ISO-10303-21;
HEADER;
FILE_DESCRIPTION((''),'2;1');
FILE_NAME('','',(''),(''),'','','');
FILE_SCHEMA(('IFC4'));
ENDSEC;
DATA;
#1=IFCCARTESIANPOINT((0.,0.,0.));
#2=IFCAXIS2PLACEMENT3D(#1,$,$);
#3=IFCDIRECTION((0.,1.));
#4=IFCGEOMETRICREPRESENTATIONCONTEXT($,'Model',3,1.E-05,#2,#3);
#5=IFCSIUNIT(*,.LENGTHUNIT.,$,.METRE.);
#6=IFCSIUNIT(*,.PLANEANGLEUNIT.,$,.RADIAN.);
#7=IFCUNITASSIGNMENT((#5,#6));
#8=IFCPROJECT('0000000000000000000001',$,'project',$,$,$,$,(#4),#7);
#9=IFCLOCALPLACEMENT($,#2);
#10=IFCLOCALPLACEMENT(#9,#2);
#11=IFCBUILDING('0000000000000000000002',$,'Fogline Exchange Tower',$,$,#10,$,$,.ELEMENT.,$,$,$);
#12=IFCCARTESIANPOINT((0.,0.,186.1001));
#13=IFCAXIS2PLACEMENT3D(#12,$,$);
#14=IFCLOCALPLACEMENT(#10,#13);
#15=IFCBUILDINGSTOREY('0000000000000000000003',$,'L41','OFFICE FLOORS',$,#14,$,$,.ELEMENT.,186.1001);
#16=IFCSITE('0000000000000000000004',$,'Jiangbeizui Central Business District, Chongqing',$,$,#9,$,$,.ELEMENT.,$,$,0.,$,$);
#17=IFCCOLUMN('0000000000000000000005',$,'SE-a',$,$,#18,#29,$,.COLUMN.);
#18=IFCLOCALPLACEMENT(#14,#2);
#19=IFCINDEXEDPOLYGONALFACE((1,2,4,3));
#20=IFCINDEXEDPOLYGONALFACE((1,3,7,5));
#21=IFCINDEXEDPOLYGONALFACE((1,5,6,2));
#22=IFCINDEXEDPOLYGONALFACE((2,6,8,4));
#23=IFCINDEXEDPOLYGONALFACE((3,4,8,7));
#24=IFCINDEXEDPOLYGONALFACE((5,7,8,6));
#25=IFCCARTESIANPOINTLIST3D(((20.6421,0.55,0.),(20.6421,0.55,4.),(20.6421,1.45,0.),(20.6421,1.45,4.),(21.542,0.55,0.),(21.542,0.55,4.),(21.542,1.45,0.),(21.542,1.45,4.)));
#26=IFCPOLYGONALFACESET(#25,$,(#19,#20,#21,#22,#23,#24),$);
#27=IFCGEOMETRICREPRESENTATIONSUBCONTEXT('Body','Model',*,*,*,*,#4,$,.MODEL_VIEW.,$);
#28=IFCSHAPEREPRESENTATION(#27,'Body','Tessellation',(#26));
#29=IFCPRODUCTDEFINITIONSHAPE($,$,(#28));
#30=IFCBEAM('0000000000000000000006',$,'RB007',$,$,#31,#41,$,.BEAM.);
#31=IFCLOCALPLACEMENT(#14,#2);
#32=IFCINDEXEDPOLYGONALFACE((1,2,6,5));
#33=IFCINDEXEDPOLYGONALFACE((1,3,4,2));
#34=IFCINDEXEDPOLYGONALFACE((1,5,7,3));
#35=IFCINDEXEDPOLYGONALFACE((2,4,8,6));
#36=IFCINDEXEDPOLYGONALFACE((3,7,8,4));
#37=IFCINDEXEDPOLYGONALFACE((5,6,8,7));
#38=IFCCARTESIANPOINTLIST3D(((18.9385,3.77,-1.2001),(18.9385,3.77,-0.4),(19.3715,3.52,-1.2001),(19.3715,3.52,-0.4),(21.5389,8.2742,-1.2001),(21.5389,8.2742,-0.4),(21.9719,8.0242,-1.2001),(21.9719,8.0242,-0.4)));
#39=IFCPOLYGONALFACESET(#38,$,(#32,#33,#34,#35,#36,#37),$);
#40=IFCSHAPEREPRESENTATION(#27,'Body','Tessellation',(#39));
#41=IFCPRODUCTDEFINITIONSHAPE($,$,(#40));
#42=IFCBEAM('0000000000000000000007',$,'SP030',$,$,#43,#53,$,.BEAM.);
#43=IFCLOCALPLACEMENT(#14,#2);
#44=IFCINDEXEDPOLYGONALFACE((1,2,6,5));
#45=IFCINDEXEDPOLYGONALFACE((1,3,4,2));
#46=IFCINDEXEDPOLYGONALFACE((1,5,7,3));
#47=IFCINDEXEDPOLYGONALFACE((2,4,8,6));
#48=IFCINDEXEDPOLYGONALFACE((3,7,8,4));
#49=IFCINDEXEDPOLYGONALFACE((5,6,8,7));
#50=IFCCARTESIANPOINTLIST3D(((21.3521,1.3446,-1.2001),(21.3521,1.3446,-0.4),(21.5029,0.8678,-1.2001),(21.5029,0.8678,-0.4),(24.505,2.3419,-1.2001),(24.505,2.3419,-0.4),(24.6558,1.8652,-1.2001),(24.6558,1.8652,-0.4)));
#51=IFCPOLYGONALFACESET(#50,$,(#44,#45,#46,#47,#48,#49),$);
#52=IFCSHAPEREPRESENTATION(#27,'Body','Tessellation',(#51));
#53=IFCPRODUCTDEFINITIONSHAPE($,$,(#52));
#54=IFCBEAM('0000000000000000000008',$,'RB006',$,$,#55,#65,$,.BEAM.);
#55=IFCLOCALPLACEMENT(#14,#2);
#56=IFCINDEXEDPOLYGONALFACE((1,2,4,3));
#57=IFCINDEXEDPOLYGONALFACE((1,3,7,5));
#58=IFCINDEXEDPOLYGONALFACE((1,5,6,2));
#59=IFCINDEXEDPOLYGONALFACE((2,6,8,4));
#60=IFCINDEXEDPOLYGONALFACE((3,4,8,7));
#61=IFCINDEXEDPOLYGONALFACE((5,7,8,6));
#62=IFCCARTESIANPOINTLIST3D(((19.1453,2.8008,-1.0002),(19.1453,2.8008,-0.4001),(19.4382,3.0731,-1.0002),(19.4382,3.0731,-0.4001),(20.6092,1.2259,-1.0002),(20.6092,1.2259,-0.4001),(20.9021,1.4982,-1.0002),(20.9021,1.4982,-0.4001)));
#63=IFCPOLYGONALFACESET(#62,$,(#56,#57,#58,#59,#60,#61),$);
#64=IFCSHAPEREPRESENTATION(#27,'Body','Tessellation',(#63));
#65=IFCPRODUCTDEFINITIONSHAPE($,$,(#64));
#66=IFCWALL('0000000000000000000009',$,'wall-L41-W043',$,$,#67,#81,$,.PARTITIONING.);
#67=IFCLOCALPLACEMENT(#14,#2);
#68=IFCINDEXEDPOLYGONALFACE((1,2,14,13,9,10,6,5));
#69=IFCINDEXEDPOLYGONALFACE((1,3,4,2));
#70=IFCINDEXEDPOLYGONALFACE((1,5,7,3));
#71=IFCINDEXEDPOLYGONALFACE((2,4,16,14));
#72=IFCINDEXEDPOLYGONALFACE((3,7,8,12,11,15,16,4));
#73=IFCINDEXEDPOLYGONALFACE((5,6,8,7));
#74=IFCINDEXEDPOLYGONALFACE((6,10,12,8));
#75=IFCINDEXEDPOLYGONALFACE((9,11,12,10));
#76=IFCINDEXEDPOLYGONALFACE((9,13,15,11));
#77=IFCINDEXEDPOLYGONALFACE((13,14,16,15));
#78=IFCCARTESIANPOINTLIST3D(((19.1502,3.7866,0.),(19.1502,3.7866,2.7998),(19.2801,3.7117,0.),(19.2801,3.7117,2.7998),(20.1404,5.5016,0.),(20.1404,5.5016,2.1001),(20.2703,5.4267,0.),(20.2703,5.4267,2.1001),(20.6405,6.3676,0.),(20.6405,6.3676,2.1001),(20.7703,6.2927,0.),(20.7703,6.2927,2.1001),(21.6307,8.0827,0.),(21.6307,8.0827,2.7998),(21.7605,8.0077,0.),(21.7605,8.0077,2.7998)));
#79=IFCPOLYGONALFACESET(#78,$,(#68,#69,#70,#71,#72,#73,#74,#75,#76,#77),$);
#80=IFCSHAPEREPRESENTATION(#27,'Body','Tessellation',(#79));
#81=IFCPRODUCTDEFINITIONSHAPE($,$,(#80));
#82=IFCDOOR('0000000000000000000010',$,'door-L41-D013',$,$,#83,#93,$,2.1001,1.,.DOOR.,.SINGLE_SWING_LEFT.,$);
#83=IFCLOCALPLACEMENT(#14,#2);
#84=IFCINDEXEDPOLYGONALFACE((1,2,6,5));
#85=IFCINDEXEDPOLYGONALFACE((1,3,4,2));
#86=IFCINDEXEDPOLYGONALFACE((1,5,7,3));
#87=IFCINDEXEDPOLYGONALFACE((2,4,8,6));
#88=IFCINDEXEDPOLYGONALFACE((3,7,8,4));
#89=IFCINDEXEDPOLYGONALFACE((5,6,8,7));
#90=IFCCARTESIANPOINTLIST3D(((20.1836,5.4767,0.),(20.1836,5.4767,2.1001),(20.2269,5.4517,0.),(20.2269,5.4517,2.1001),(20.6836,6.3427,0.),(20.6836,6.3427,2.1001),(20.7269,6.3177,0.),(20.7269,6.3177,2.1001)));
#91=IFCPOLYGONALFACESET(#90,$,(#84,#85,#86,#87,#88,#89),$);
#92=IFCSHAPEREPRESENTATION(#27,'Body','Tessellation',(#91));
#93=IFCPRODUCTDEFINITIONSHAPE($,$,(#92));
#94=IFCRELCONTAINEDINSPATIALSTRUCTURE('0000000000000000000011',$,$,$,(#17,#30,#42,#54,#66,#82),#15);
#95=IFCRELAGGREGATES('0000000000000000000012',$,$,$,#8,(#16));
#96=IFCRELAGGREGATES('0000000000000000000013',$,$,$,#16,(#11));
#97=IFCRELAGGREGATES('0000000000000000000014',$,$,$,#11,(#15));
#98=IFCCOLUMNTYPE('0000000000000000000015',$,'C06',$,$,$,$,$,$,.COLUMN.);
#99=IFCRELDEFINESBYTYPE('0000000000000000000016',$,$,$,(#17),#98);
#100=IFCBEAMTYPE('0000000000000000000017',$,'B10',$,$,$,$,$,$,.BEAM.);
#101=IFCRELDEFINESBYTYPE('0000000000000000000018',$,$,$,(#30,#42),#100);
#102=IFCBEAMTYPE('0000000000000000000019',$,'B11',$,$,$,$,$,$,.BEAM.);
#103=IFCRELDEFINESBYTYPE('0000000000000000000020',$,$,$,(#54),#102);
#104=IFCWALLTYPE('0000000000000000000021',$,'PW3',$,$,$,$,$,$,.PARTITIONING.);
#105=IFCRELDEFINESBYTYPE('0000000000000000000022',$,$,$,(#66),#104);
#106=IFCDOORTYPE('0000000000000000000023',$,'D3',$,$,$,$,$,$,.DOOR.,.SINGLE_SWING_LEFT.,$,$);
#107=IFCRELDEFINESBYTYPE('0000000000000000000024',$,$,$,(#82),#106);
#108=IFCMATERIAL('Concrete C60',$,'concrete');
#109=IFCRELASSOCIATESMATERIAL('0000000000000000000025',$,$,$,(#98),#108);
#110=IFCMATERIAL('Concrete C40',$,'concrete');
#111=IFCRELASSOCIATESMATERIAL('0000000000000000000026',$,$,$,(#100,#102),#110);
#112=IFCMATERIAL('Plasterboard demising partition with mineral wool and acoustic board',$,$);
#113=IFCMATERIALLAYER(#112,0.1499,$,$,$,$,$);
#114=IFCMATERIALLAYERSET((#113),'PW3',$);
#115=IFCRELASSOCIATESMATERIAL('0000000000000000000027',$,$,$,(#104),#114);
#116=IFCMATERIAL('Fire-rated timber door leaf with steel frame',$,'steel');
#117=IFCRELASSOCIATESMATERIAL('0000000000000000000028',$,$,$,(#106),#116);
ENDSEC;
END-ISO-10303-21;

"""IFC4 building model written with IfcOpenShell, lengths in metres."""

from ifc_helpers import new_model, si_unit, direction, frame, frame_2d, origin, origin_2d, place, context, subcontext, project, spatial, rectangle, extrude, material, layer, layer_set, material_profile, profile_set, type_object, element, fill, save


model = new_model("IFC4")

# Units and contexts
model_context = context("Model", 3, precision=1e-05, world=origin(), true_north=direction((0.0, 1.0)))
body_context = subcontext(model_context, "Body", "Model", "MODEL_VIEW")
ifc_project = project(units=[si_unit("LENGTHUNIT", "METRE"), si_unit("PLANEANGLEUNIT", "RADIAN")], contexts=[model_context])

# Site, building, storey
site_placement = place(None, origin())
site = spatial("IfcSite", under=ifc_project, at=site_placement, Name="Jiangbeizui Central Business District, Chongqing", CompositionType="ELEMENT", RefElevation=0.0)
building_placement = place(site_placement, origin())
building = spatial("IfcBuilding", under=site, at=building_placement, Name="Fogline Exchange Tower", CompositionType="ELEMENT")
storey_placement = place(building_placement, frame((0.0, 0.0, 186.1001)))
storey = spatial("IfcBuildingStorey", under=building, at=storey_placement, Name="L41", Description="OFFICE FLOORS", CompositionType="ELEMENT", Elevation=186.1001)

# Column
ifc_material_1 = material(Name="Concrete C60", Category="concrete")
ifc_material_profile_1 = material_profile(ifc_material_1, rectangle(XDim=0.8999, YDim=0.8999, at=origin_2d()), Name="RC 900x900")
ifc_profile_set_1 = profile_set([ifc_material_profile_1], Name="Concrete C60")
column_type = type_object("IfcColumnType", Name="C06", PredefinedType="COLUMN", material=ifc_profile_set_1)
column_placement = place(storey_placement, frame((21.092, 1.0, 0.0), z_axis=(0.0, 0.0, 1.0), x_axis=(1.0, 0.0, 0.0)))
element("IfcColumn", 1, at=column_placement, inside=storey, type_object=column_type, Name="SE-a", PredefinedType="COLUMN", context=body_context, shape_type="SweptSolid", body=[
    extrude(rectangle(XDim=0.8999, YDim=0.8999, at=origin_2d()), origin(), (0.0, 0.0, 1.0), 4.0),
])

# Beams
ifc_material_2 = material(Name="Concrete C40", Category="concrete")
ifc_material_profile_2 = material_profile(ifc_material_2, rectangle(XDim=0.5, YDim=0.8, at=origin_2d()), Name="RC 500x800")
ifc_profile_set_2 = profile_set([ifc_material_profile_2], Name="Concrete C40")
beam_type_1 = type_object("IfcBeamType", Name="B10", PredefinedType="BEAM", material=ifc_profile_set_2)
beam_1_placement = place(storey_placement, frame((19.155, 3.645, -0.8), z_axis=(0.499981, 0.866036, 0.0), x_axis=(-0.866036, 0.499981, 0.0)))
element("IfcBeam", 2, at=beam_1_placement, inside=storey, type_object=beam_type_1, Name="RB007", PredefinedType="BEAM", context=body_context, shape_type="SweptSolid", body=[
    extrude(rectangle(XDim=0.5, YDim=0.8, at=origin_2d()), origin(), (0.0, 0.0, 1.0), 5.2009),
])
beam_2_placement = place(storey_placement, frame((21.4275, 1.1062, -0.8), z_axis=(0.953436, 0.301594, 0.0), x_axis=(-0.301594, 0.953436, 0.0)))
element("IfcBeam", 3, at=beam_2_placement, inside=storey, type_object=beam_type_1, Name="SP030", PredefinedType="BEAM", context=body_context, shape_type="SweptSolid", body=[
    extrude(rectangle(XDim=0.5, YDim=0.8, at=origin_2d()), origin(), (0.0, 0.0, 1.0), 3.3069),
])
ifc_material_profile_3 = material_profile(ifc_material_2, rectangle(XDim=0.3999, YDim=0.6001, at=origin_2d()), Name="RC 400x600")
ifc_profile_set_3 = profile_set([ifc_material_profile_3], Name="Concrete C40")
beam_type_2 = type_object("IfcBeamType", Name="B11", PredefinedType="BEAM", material=ifc_profile_set_3)
beam_3_placement = place(storey_placement, frame((20.7556, 1.3621, -0.7002), z_axis=(-0.680804, 0.732466, 0.0), x_axis=(-0.732466, -0.680804, 0.0)))
element("IfcBeam", 4, at=beam_3_placement, inside=storey, type_object=beam_type_2, Name="RB006", PredefinedType="BEAM", context=body_context, shape_type="SweptSolid", body=[
    extrude(rectangle(XDim=0.3999, YDim=0.6001, at=origin_2d()), origin(), (0.0, 0.0, 1.0), 2.1501),
])

# Wall, opening, door
ifc_material_3 = material(Name="Plasterboard demising partition with mineral wool and acoustic board")
ifc_layer_1 = layer(ifc_material_3, 0.1499)
ifc_layer_set_1 = layer_set([ifc_layer_1], Name="PW3")
wall_type_1 = type_object("IfcWallType", Name="PW3", PredefinedType="PARTITIONING", material=ifc_layer_set_1)
wall_1_placement = place(storey_placement, frame((19.2151, 3.749, 0.0), z_axis=(0.0, 0.0, 1.0), x_axis=(0.500014, 0.866018, 0.0)))
wall_1 = element("IfcWall", 5, at=wall_1_placement, inside=storey, type_object=wall_type_1, Name="wall-L41-W043", PredefinedType="PARTITIONING", context=body_context, shape_type="SweptSolid", body=[
    extrude(rectangle(XDim=4.9607, YDim=0.1499, at=frame_2d((2.4805, 0.0))), origin(), (0.0, 0.0, 1.0), 2.7998),
])
opening_1_placement = place(wall_1_placement, frame((1.9805, 0.0, 0.0)))
opening_1 = element("IfcOpeningElement", 6, at=opening_1_placement, cuts=wall_1, PredefinedType="OPENING", context=body_context, shape_type="SweptSolid", body=[
    extrude(rectangle(XDim=1.0, YDim=2.1001, at=frame_2d((0.5, 1.05))), frame((0.0, 0.085, 0.0), z_axis=(0.0, -1.0, 0.0), x_axis=(1.0, 0.0, 0.0)), (0.0, 0.0, 1.0), 0.1699),
])
ifc_material_4 = material(Name="Fire-rated timber door leaf with steel frame", Category="steel")
door_type_1 = type_object("IfcDoorType", Name="D3", OperationType="SINGLE_SWING_LEFT", PredefinedType="DOOR", material=ifc_material_4)
door_1_placement = place(opening_1_placement, frame((1.0, 0.0, 0.0), z_axis=(0.0, 0.0, 1.0), x_axis=(-1.0, 0.0, 0.0)))
door_1 = element("IfcDoor", 7, at=door_1_placement, inside=storey, type_object=door_type_1, Name="door-L41-D013", OperationType="SINGLE_SWING_LEFT", OverallHeight=2.1001, OverallWidth=1.0, PredefinedType="DOOR", context=body_context, shape_type="SweptSolid", body=[
    extrude(rectangle(XDim=1.0, YDim=2.1001, at=frame_2d((0.5, 1.05))), frame((0.0, 0.0249, 0.0), z_axis=(0.0, -1.0, 0.0), x_axis=(1.0, 0.0, 0.0)), (0.0, 0.0, 1.0), 0.05),
])
fill(opening_1, door_1)

save(model, "model.ifc")
